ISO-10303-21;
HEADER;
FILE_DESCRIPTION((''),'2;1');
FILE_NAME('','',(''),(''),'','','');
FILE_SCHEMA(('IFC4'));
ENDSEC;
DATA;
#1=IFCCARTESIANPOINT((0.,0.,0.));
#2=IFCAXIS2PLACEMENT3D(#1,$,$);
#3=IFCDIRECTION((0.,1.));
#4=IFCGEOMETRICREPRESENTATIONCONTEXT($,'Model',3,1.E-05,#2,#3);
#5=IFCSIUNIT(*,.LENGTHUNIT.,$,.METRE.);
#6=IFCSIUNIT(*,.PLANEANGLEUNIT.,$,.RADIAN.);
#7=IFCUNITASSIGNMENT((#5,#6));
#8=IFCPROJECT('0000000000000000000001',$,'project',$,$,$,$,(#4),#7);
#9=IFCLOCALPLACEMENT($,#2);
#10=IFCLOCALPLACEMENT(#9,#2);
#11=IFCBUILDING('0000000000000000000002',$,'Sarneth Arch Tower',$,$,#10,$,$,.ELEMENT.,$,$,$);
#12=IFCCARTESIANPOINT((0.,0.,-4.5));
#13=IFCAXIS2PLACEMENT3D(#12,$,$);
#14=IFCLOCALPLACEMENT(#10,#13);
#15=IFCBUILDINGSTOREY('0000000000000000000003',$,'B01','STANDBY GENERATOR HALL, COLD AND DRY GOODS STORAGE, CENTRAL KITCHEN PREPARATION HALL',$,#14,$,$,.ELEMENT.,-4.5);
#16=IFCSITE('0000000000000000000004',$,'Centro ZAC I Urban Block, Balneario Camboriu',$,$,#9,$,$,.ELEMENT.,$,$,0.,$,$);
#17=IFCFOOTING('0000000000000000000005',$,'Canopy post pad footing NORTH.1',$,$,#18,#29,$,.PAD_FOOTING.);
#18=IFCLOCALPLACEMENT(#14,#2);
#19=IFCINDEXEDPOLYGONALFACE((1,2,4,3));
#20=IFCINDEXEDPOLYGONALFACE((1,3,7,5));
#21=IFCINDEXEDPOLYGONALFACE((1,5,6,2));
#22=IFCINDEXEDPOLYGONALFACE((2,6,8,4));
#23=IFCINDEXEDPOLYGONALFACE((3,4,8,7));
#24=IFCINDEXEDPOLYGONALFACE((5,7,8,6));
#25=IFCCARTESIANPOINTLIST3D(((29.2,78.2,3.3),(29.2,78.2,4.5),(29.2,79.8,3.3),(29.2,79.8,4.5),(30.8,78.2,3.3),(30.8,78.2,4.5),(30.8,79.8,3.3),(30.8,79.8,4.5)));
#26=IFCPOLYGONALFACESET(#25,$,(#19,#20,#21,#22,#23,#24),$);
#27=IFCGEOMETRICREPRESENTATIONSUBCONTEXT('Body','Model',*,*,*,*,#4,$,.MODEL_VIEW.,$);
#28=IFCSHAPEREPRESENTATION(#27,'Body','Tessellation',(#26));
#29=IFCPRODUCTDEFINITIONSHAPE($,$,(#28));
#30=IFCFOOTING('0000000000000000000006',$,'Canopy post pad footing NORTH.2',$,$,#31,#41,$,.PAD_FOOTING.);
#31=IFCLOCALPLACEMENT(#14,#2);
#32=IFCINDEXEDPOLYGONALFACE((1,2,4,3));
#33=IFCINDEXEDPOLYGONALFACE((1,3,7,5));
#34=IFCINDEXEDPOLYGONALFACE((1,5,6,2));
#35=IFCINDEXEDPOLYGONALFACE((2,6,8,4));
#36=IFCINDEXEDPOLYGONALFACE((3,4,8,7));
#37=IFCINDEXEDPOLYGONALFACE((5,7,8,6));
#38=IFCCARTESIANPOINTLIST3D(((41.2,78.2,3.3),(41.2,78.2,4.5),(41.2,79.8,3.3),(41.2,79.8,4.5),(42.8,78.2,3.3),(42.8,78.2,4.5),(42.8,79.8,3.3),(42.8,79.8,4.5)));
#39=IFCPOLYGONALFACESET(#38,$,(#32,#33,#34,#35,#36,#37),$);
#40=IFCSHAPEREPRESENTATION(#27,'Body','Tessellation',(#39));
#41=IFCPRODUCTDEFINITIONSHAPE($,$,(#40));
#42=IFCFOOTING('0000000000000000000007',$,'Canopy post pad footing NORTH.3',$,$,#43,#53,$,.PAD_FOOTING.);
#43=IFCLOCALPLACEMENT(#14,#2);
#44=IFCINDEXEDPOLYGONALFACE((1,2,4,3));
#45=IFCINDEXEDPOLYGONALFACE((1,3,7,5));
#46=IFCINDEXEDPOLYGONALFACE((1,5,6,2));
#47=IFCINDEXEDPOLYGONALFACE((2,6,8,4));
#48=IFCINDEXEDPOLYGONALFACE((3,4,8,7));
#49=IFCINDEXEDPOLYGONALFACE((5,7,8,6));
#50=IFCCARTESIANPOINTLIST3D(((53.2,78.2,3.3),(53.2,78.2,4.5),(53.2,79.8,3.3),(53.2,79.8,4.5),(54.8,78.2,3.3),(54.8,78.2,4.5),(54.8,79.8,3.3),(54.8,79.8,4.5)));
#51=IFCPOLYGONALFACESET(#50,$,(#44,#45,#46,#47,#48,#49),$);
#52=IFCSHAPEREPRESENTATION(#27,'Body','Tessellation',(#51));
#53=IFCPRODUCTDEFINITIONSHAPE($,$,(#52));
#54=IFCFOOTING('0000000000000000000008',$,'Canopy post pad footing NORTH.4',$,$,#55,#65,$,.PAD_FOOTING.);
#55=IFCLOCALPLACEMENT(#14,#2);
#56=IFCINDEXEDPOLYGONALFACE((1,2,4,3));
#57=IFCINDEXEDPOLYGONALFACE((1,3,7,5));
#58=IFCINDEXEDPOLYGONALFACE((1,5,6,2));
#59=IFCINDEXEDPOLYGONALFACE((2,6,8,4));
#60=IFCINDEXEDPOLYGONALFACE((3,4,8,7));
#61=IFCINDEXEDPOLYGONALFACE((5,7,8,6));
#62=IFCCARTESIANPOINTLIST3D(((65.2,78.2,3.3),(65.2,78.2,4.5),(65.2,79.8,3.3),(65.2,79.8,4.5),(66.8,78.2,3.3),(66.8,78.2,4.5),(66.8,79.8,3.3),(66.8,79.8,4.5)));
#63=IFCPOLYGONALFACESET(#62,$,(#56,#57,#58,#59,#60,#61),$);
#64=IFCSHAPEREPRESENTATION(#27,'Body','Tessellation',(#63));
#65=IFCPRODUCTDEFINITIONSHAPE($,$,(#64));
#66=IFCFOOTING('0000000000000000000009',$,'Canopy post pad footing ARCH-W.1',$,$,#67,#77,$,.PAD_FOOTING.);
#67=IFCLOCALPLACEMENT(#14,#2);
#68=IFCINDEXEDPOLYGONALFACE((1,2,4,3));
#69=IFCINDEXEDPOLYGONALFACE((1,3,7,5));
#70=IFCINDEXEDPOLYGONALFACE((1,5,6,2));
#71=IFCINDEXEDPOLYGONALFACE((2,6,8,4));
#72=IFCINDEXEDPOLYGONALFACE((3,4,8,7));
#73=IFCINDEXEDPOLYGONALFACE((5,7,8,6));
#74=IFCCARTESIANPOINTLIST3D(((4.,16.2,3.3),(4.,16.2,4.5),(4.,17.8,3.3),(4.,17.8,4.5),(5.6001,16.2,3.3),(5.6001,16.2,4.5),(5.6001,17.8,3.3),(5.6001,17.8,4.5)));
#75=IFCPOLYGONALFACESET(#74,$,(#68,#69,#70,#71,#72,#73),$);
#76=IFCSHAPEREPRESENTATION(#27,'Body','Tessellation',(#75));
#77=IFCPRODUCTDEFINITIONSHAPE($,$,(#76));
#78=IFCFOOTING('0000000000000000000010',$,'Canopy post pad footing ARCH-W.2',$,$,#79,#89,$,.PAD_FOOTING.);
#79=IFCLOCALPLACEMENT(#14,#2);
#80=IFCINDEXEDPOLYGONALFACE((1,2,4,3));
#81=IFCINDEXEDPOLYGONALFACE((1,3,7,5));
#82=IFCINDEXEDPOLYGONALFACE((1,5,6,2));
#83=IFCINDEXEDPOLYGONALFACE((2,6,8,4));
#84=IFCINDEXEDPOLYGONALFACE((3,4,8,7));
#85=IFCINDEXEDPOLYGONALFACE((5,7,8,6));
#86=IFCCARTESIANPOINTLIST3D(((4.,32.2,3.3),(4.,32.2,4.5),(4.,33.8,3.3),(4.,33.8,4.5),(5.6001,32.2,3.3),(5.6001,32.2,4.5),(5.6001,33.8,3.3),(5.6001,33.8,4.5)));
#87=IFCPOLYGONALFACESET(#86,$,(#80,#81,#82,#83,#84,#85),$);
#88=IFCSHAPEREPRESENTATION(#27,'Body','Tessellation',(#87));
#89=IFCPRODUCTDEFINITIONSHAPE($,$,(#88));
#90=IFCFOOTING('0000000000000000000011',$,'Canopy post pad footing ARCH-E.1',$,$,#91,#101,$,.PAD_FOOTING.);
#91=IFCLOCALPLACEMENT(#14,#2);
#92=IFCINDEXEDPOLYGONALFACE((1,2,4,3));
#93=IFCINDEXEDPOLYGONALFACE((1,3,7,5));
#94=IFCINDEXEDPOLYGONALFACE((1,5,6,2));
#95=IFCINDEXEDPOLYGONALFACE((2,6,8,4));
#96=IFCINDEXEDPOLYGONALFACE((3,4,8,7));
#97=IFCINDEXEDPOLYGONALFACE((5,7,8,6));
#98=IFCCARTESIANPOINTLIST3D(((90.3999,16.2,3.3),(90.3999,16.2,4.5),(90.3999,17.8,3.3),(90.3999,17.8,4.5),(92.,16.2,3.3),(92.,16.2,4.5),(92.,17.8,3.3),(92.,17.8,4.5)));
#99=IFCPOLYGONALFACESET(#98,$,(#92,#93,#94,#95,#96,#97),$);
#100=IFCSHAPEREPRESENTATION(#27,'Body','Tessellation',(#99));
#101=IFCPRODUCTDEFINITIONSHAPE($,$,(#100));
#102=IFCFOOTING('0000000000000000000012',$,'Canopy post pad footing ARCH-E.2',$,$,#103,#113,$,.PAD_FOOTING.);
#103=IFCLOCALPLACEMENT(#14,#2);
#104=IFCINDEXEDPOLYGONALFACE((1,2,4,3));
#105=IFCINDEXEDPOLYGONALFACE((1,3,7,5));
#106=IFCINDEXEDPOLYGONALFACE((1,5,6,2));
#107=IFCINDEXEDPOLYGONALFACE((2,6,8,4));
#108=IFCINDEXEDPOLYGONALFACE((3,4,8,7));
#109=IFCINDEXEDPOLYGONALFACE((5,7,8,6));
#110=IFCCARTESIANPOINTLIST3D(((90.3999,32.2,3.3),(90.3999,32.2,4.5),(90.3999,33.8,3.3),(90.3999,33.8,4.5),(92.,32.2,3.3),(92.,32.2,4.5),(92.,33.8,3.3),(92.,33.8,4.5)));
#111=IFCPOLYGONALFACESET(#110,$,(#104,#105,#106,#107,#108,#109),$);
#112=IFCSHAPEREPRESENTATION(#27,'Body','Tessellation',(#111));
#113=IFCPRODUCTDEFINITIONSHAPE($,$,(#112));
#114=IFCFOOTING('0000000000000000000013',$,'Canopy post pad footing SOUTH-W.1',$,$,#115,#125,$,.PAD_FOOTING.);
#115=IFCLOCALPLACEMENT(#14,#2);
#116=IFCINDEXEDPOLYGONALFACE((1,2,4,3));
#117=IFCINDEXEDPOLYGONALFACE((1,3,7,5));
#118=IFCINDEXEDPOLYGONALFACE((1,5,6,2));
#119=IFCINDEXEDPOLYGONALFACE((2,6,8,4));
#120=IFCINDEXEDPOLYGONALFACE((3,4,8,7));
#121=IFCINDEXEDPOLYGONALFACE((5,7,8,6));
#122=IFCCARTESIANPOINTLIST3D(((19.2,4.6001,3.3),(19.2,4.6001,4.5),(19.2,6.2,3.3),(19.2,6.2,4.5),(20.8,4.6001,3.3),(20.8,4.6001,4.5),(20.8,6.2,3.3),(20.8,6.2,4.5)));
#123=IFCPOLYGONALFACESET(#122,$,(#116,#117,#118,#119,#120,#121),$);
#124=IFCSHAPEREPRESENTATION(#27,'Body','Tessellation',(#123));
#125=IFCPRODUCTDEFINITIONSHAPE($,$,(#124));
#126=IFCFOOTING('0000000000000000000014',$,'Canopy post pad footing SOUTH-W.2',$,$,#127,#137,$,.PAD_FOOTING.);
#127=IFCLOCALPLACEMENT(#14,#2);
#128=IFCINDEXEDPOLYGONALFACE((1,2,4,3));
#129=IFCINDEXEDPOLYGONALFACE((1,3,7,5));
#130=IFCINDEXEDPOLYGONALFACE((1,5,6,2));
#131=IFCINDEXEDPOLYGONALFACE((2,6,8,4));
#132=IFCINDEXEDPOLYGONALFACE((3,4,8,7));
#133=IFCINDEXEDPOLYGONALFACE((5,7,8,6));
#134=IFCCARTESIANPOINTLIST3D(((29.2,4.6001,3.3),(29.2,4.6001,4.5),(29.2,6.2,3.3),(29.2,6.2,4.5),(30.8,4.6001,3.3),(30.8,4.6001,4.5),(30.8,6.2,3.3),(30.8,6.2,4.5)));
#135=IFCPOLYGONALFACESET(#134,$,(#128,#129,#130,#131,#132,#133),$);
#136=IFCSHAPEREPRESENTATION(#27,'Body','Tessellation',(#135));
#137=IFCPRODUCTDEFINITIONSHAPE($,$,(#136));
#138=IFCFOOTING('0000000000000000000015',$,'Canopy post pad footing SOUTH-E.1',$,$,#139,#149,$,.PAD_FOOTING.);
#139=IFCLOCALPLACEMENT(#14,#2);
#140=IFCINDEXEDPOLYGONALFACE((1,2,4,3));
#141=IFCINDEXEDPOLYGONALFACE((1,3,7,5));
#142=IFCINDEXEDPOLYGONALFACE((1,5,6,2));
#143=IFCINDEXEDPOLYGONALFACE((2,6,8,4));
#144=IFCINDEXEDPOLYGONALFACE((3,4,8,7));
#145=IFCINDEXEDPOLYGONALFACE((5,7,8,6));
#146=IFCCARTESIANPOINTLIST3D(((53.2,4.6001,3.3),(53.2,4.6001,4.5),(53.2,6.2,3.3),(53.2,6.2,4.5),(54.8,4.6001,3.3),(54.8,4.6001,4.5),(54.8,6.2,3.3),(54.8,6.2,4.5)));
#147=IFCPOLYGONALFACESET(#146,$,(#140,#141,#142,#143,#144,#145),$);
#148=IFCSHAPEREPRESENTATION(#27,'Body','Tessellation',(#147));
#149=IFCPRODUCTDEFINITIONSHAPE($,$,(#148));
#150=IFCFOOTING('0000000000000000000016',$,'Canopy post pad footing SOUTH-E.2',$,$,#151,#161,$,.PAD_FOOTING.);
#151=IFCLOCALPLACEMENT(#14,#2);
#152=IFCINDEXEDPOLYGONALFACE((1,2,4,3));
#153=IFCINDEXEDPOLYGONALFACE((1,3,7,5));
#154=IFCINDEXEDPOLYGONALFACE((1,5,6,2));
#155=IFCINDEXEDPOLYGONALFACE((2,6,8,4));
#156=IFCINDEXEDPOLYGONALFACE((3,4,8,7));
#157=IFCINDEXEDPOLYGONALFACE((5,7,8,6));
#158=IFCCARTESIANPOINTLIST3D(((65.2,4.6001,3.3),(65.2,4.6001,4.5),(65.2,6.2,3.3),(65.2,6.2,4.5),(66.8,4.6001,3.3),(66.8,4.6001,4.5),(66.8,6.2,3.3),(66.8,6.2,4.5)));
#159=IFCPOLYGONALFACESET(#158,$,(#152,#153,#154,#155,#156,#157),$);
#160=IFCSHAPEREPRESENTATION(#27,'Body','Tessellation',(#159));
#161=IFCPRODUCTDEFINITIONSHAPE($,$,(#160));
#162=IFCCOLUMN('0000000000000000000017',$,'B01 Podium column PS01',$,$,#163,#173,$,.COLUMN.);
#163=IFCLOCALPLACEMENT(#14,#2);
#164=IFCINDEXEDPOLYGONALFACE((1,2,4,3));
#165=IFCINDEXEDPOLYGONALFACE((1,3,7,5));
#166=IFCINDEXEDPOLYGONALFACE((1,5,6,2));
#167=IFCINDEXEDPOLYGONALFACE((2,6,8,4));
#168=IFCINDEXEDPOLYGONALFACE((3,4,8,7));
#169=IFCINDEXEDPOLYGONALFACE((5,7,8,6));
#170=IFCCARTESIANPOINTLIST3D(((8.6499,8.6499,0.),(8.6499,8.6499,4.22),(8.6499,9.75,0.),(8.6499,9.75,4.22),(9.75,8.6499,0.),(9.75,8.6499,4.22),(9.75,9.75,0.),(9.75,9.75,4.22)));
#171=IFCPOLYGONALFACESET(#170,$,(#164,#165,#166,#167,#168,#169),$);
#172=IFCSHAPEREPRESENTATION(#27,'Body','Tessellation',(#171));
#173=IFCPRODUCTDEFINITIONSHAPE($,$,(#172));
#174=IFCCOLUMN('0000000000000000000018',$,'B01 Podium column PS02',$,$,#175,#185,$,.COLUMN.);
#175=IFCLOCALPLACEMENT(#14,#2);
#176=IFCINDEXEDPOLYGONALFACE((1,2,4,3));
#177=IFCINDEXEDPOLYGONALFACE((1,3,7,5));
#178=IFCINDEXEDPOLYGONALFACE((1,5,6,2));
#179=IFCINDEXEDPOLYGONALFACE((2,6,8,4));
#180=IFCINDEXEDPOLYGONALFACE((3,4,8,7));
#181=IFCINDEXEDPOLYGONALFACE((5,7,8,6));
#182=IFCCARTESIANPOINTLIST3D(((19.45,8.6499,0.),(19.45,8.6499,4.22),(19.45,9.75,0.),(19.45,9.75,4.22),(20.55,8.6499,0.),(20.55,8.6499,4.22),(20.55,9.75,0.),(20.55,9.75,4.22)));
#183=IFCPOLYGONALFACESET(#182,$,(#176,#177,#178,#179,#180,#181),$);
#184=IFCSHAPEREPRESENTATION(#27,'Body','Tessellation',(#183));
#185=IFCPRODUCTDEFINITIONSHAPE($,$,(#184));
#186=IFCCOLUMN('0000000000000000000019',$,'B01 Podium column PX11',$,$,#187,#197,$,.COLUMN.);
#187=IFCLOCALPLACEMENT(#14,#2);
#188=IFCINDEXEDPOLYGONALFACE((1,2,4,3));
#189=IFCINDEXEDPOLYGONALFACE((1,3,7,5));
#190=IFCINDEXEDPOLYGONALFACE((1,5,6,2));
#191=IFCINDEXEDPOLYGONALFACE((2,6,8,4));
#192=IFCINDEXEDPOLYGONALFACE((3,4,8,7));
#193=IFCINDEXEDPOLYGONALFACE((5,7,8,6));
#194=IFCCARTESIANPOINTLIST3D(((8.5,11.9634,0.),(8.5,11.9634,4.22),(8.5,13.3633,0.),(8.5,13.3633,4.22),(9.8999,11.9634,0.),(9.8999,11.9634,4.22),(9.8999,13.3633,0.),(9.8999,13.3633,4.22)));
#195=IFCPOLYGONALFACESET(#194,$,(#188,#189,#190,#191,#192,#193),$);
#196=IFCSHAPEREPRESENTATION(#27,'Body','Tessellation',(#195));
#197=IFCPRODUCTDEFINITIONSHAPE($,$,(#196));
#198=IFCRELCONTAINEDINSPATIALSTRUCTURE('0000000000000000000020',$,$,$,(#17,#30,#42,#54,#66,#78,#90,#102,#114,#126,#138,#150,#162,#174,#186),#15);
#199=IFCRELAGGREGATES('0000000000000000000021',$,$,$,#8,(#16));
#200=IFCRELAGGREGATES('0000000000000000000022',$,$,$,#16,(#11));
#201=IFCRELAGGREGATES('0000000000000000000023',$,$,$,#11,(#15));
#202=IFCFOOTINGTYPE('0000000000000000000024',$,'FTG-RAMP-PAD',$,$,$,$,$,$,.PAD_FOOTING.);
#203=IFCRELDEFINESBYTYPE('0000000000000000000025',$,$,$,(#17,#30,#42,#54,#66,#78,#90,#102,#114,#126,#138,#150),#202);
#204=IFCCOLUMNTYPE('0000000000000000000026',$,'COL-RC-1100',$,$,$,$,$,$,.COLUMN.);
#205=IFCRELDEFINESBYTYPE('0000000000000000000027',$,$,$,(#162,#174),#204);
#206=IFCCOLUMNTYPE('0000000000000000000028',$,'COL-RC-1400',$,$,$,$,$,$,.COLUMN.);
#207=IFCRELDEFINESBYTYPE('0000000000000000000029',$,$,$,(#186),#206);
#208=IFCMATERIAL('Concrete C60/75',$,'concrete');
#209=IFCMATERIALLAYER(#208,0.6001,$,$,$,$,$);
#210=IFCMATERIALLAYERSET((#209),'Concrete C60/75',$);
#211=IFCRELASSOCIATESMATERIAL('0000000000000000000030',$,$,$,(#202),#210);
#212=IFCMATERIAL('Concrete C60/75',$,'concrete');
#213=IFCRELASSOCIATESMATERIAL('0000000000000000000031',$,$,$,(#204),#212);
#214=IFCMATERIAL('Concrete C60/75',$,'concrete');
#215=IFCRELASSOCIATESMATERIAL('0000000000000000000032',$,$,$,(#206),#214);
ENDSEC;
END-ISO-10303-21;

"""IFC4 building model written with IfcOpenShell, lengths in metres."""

from ifc_helpers import new_model, si_unit, direction, frame, origin, origin_2d, place, context, subcontext, project, spatial, polyline, rectangle, outline, extrude, material, layer, layer_set, material_profile, profile_set, type_object, element, save


model = new_model("IFC4")

# Units and contexts
model_context = context("Model", 3, precision=1e-05, world=origin(), true_north=direction((0.0, 1.0)))
body_context = subcontext(model_context, "Body", "Model", "MODEL_VIEW")
ifc_project = project(units=[si_unit("LENGTHUNIT", "METRE"), si_unit("PLANEANGLEUNIT", "RADIAN")], contexts=[model_context])

# Site, building, storey
site_placement = place(None, origin())
site = spatial("IfcSite", under=ifc_project, at=site_placement, Name="Centro ZAC I Urban Block, Balneario Camboriu", CompositionType="ELEMENT", RefElevation=0.0)
building_placement = place(site_placement, origin())
building = spatial("IfcBuilding", under=site, at=building_placement, Name="Sarneth Arch Tower", CompositionType="ELEMENT")
storey_placement = place(building_placement, frame((0.0, 0.0, -4.5)))
storey = spatial("IfcBuildingStorey", under=building, at=storey_placement, Name="B01", Description="STANDBY GENERATOR HALL, COLD AND DRY GOODS STORAGE, CENTRAL KITCHEN PREPARATION HALL", CompositionType="ELEMENT", Elevation=-4.5)

# Footings
ifc_material_1 = material(Name="Concrete C60/75", Category="concrete")
ifc_layer_1 = layer(ifc_material_1, 0.6001)
ifc_layer_set_1 = layer_set([ifc_layer_1], Name="Concrete C60/75")
footing_type = type_object("IfcFootingType", Name="FTG-RAMP-PAD", PredefinedType="PAD_FOOTING", material=ifc_layer_set_1)
footing_1_placement = place(storey_placement, frame((0.0, 0.0, 3.3)))
element("IfcFooting", 1, at=footing_1_placement, inside=storey, type_object=footing_type, Name="Canopy post pad footing NORTH.1", PredefinedType="PAD_FOOTING", context=body_context, shape_type="SweptSolid", body=[
    extrude(outline(polyline([(29.2, 78.2), (30.8, 78.2), (30.8, 79.8), (29.2, 79.8), (29.2, 78.2)])), origin(), (0.0, 0.0, 1.0), 1.2),
])
footing_2_placement = place(storey_placement, frame((0.0, 0.0, 3.3)))
element("IfcFooting", 2, at=footing_2_placement, inside=storey, type_object=footing_type, Name="Canopy post pad footing NORTH.2", PredefinedType="PAD_FOOTING", context=body_context, shape_type="SweptSolid", body=[
    extrude(outline(polyline([(41.2, 78.2), (42.8, 78.2), (42.8, 79.8), (41.2, 79.8), (41.2, 78.2)])), origin(), (0.0, 0.0, 1.0), 1.2),
])
footing_3_placement = place(storey_placement, frame((0.0, 0.0, 3.3)))
element("IfcFooting", 3, at=footing_3_placement, inside=storey, type_object=footing_type, Name="Canopy post pad footing NORTH.3", PredefinedType="PAD_FOOTING", context=body_context, shape_type="SweptSolid", body=[
    extrude(outline(polyline([(53.2, 78.2), (54.8, 78.2), (54.8, 79.8), (53.2, 79.8), (53.2, 78.2)])), origin(), (0.0, 0.0, 1.0), 1.2),
])
footing_4_placement = place(storey_placement, frame((0.0, 0.0, 3.3)))
element("IfcFooting", 4, at=footing_4_placement, inside=storey, type_object=footing_type, Name="Canopy post pad footing NORTH.4", PredefinedType="PAD_FOOTING", context=body_context, shape_type="SweptSolid", body=[
    extrude(outline(polyline([(65.2, 78.2), (66.8, 78.2), (66.8, 79.8), (65.2, 79.8), (65.2, 78.2)])), origin(), (0.0, 0.0, 1.0), 1.2),
])
footing_5_placement = place(storey_placement, frame((0.0, 0.0, 3.3)))
element("IfcFooting", 5, at=footing_5_placement, inside=storey, type_object=footing_type, Name="Canopy post pad footing ARCH-W.1", PredefinedType="PAD_FOOTING", context=body_context, shape_type="SweptSolid", body=[
    extrude(outline(polyline([(4.0, 16.2), (5.6001, 16.2), (5.6001, 17.8), (4.0, 17.8), (4.0, 16.2)])), origin(), (0.0, 0.0, 1.0), 1.2),
])
footing_6_placement = place(storey_placement, frame((0.0, 0.0, 3.3)))
element("IfcFooting", 6, at=footing_6_placement, inside=storey, type_object=footing_type, Name="Canopy post pad footing ARCH-W.2", PredefinedType="PAD_FOOTING", context=body_context, shape_type="SweptSolid", body=[
    extrude(outline(polyline([(4.0, 32.2), (5.6001, 32.2), (5.6001, 33.8), (4.0, 33.8), (4.0, 32.2)])), origin(), (0.0, 0.0, 1.0), 1.2),
])
footing_7_placement = place(storey_placement, frame((0.0, 0.0, 3.3)))
element("IfcFooting", 7, at=footing_7_placement, inside=storey, type_object=footing_type, Name="Canopy post pad footing ARCH-E.1", PredefinedType="PAD_FOOTING", context=body_context, shape_type="SweptSolid", body=[
    extrude(outline(polyline([(90.3999, 16.2), (92.0, 16.2), (92.0, 17.8), (90.3999, 17.8), (90.3999, 16.2)])), origin(), (0.0, 0.0, 1.0), 1.2),
])
footing_8_placement = place(storey_placement, frame((0.0, 0.0, 3.3)))
element("IfcFooting", 8, at=footing_8_placement, inside=storey, type_object=footing_type, Name="Canopy post pad footing ARCH-E.2", PredefinedType="PAD_FOOTING", context=body_context, shape_type="SweptSolid", body=[
    extrude(outline(polyline([(90.3999, 32.2), (92.0, 32.2), (92.0, 33.8), (90.3999, 33.8), (90.3999, 32.2)])), origin(), (0.0, 0.0, 1.0), 1.2),
])
footing_9_placement = place(storey_placement, frame((0.0, 0.0, 3.3)))
element("IfcFooting", 9, at=footing_9_placement, inside=storey, type_object=footing_type, Name="Canopy post pad footing SOUTH-W.1", PredefinedType="PAD_FOOTING", context=body_context, shape_type="SweptSolid", body=[
    extrude(outline(polyline([(19.2, 4.6001), (20.8, 4.6001), (20.8, 6.2), (19.2, 6.2), (19.2, 4.6001)])), origin(), (0.0, 0.0, 1.0), 1.2),
])
footing_10_placement = place(storey_placement, frame((0.0, 0.0, 3.3)))
element("IfcFooting", 10, at=footing_10_placement, inside=storey, type_object=footing_type, Name="Canopy post pad footing SOUTH-W.2", PredefinedType="PAD_FOOTING", context=body_context, shape_type="SweptSolid", body=[
    extrude(outline(polyline([(29.2, 4.6001), (30.8, 4.6001), (30.8, 6.2), (29.2, 6.2), (29.2, 4.6001)])), origin(), (0.0, 0.0, 1.0), 1.2),
])
footing_11_placement = place(storey_placement, frame((0.0, 0.0, 3.3)))
element("IfcFooting", 11, at=footing_11_placement, inside=storey, type_object=footing_type, Name="Canopy post pad footing SOUTH-E.1", PredefinedType="PAD_FOOTING", context=body_context, shape_type="SweptSolid", body=[
    extrude(outline(polyline([(53.2, 4.6001), (54.8, 4.6001), (54.8, 6.2), (53.2, 6.2), (53.2, 4.6001)])), origin(), (0.0, 0.0, 1.0), 1.2),
])
footing_12_placement = place(storey_placement, frame((0.0, 0.0, 3.3)))
element("IfcFooting", 12, at=footing_12_placement, inside=storey, type_object=footing_type, Name="Canopy post pad footing SOUTH-E.2", PredefinedType="PAD_FOOTING", context=body_context, shape_type="SweptSolid", body=[
    extrude(outline(polyline([(65.2, 4.6001), (66.8, 4.6001), (66.8, 6.2), (65.2, 6.2), (65.2, 4.6001)])), origin(), (0.0, 0.0, 1.0), 1.2),
])

# Columns
ifc_material_2 = material(Name="Concrete C60/75", Category="concrete")
ifc_material_profile_1 = material_profile(ifc_material_2, rectangle(XDim=1.1001, YDim=1.1001, at=origin_2d()), Name="RC-1100x1100")
ifc_profile_set_1 = profile_set([ifc_material_profile_1], Name="Concrete C60/75")
column_type_1 = type_object("IfcColumnType", Name="COL-RC-1100", PredefinedType="COLUMN", material=ifc_profile_set_1)
for number, where, z_axis, x_axis, name in (
    (13, (9.2, 9.2, 0.0), (0.0, 0.0, 1.0), (1.0, 0.0, 0.0), "B01 Podium column PS01"),
    (14, (20.0, 9.2, 0.0), (0.0, 0.0, 1.0), (1.0, 0.0, 0.0), "B01 Podium column PS02"),
):
    element("IfcColumn", number, at=place(storey_placement, frame(where, z_axis=z_axis, x_axis=x_axis)), inside=storey, type_object=column_type_1, Name=name, PredefinedType="COLUMN", context=body_context, shape_type="SweptSolid", body=[
        extrude(rectangle(XDim=1.1001, YDim=1.1001, at=origin_2d()), origin(), (0.0, 0.0, 1.0), 4.22),
    ])
ifc_material_3 = material(Name="Concrete C60/75", Category="concrete")
ifc_material_profile_2 = material_profile(ifc_material_3, rectangle(XDim=1.3999, YDim=1.3999, at=origin_2d()), Name="RC-1400x1400")
ifc_profile_set_2 = profile_set([ifc_material_profile_2], Name="Concrete C60/75")
column_type_2 = type_object("IfcColumnType", Name="COL-RC-1400", PredefinedType="COLUMN", material=ifc_profile_set_2)
for number, where, z_axis, x_axis, name in (
    (15, (9.2, 12.6633, 0.0), (0.0, 0.0, 1.0), (1.0, 0.0, 0.0), "B01 Podium column PX11"),
):
    element("IfcColumn", number, at=place(storey_placement, frame(where, z_axis=z_axis, x_axis=x_axis)), inside=storey, type_object=column_type_2, Name=name, PredefinedType="COLUMN", context=body_context, shape_type="SweptSolid", body=[
        extrude(rectangle(XDim=1.3999, YDim=1.3999, at=origin_2d()), origin(), (0.0, 0.0, 1.0), 4.22),
    ])

save(model, "model.ifc")
